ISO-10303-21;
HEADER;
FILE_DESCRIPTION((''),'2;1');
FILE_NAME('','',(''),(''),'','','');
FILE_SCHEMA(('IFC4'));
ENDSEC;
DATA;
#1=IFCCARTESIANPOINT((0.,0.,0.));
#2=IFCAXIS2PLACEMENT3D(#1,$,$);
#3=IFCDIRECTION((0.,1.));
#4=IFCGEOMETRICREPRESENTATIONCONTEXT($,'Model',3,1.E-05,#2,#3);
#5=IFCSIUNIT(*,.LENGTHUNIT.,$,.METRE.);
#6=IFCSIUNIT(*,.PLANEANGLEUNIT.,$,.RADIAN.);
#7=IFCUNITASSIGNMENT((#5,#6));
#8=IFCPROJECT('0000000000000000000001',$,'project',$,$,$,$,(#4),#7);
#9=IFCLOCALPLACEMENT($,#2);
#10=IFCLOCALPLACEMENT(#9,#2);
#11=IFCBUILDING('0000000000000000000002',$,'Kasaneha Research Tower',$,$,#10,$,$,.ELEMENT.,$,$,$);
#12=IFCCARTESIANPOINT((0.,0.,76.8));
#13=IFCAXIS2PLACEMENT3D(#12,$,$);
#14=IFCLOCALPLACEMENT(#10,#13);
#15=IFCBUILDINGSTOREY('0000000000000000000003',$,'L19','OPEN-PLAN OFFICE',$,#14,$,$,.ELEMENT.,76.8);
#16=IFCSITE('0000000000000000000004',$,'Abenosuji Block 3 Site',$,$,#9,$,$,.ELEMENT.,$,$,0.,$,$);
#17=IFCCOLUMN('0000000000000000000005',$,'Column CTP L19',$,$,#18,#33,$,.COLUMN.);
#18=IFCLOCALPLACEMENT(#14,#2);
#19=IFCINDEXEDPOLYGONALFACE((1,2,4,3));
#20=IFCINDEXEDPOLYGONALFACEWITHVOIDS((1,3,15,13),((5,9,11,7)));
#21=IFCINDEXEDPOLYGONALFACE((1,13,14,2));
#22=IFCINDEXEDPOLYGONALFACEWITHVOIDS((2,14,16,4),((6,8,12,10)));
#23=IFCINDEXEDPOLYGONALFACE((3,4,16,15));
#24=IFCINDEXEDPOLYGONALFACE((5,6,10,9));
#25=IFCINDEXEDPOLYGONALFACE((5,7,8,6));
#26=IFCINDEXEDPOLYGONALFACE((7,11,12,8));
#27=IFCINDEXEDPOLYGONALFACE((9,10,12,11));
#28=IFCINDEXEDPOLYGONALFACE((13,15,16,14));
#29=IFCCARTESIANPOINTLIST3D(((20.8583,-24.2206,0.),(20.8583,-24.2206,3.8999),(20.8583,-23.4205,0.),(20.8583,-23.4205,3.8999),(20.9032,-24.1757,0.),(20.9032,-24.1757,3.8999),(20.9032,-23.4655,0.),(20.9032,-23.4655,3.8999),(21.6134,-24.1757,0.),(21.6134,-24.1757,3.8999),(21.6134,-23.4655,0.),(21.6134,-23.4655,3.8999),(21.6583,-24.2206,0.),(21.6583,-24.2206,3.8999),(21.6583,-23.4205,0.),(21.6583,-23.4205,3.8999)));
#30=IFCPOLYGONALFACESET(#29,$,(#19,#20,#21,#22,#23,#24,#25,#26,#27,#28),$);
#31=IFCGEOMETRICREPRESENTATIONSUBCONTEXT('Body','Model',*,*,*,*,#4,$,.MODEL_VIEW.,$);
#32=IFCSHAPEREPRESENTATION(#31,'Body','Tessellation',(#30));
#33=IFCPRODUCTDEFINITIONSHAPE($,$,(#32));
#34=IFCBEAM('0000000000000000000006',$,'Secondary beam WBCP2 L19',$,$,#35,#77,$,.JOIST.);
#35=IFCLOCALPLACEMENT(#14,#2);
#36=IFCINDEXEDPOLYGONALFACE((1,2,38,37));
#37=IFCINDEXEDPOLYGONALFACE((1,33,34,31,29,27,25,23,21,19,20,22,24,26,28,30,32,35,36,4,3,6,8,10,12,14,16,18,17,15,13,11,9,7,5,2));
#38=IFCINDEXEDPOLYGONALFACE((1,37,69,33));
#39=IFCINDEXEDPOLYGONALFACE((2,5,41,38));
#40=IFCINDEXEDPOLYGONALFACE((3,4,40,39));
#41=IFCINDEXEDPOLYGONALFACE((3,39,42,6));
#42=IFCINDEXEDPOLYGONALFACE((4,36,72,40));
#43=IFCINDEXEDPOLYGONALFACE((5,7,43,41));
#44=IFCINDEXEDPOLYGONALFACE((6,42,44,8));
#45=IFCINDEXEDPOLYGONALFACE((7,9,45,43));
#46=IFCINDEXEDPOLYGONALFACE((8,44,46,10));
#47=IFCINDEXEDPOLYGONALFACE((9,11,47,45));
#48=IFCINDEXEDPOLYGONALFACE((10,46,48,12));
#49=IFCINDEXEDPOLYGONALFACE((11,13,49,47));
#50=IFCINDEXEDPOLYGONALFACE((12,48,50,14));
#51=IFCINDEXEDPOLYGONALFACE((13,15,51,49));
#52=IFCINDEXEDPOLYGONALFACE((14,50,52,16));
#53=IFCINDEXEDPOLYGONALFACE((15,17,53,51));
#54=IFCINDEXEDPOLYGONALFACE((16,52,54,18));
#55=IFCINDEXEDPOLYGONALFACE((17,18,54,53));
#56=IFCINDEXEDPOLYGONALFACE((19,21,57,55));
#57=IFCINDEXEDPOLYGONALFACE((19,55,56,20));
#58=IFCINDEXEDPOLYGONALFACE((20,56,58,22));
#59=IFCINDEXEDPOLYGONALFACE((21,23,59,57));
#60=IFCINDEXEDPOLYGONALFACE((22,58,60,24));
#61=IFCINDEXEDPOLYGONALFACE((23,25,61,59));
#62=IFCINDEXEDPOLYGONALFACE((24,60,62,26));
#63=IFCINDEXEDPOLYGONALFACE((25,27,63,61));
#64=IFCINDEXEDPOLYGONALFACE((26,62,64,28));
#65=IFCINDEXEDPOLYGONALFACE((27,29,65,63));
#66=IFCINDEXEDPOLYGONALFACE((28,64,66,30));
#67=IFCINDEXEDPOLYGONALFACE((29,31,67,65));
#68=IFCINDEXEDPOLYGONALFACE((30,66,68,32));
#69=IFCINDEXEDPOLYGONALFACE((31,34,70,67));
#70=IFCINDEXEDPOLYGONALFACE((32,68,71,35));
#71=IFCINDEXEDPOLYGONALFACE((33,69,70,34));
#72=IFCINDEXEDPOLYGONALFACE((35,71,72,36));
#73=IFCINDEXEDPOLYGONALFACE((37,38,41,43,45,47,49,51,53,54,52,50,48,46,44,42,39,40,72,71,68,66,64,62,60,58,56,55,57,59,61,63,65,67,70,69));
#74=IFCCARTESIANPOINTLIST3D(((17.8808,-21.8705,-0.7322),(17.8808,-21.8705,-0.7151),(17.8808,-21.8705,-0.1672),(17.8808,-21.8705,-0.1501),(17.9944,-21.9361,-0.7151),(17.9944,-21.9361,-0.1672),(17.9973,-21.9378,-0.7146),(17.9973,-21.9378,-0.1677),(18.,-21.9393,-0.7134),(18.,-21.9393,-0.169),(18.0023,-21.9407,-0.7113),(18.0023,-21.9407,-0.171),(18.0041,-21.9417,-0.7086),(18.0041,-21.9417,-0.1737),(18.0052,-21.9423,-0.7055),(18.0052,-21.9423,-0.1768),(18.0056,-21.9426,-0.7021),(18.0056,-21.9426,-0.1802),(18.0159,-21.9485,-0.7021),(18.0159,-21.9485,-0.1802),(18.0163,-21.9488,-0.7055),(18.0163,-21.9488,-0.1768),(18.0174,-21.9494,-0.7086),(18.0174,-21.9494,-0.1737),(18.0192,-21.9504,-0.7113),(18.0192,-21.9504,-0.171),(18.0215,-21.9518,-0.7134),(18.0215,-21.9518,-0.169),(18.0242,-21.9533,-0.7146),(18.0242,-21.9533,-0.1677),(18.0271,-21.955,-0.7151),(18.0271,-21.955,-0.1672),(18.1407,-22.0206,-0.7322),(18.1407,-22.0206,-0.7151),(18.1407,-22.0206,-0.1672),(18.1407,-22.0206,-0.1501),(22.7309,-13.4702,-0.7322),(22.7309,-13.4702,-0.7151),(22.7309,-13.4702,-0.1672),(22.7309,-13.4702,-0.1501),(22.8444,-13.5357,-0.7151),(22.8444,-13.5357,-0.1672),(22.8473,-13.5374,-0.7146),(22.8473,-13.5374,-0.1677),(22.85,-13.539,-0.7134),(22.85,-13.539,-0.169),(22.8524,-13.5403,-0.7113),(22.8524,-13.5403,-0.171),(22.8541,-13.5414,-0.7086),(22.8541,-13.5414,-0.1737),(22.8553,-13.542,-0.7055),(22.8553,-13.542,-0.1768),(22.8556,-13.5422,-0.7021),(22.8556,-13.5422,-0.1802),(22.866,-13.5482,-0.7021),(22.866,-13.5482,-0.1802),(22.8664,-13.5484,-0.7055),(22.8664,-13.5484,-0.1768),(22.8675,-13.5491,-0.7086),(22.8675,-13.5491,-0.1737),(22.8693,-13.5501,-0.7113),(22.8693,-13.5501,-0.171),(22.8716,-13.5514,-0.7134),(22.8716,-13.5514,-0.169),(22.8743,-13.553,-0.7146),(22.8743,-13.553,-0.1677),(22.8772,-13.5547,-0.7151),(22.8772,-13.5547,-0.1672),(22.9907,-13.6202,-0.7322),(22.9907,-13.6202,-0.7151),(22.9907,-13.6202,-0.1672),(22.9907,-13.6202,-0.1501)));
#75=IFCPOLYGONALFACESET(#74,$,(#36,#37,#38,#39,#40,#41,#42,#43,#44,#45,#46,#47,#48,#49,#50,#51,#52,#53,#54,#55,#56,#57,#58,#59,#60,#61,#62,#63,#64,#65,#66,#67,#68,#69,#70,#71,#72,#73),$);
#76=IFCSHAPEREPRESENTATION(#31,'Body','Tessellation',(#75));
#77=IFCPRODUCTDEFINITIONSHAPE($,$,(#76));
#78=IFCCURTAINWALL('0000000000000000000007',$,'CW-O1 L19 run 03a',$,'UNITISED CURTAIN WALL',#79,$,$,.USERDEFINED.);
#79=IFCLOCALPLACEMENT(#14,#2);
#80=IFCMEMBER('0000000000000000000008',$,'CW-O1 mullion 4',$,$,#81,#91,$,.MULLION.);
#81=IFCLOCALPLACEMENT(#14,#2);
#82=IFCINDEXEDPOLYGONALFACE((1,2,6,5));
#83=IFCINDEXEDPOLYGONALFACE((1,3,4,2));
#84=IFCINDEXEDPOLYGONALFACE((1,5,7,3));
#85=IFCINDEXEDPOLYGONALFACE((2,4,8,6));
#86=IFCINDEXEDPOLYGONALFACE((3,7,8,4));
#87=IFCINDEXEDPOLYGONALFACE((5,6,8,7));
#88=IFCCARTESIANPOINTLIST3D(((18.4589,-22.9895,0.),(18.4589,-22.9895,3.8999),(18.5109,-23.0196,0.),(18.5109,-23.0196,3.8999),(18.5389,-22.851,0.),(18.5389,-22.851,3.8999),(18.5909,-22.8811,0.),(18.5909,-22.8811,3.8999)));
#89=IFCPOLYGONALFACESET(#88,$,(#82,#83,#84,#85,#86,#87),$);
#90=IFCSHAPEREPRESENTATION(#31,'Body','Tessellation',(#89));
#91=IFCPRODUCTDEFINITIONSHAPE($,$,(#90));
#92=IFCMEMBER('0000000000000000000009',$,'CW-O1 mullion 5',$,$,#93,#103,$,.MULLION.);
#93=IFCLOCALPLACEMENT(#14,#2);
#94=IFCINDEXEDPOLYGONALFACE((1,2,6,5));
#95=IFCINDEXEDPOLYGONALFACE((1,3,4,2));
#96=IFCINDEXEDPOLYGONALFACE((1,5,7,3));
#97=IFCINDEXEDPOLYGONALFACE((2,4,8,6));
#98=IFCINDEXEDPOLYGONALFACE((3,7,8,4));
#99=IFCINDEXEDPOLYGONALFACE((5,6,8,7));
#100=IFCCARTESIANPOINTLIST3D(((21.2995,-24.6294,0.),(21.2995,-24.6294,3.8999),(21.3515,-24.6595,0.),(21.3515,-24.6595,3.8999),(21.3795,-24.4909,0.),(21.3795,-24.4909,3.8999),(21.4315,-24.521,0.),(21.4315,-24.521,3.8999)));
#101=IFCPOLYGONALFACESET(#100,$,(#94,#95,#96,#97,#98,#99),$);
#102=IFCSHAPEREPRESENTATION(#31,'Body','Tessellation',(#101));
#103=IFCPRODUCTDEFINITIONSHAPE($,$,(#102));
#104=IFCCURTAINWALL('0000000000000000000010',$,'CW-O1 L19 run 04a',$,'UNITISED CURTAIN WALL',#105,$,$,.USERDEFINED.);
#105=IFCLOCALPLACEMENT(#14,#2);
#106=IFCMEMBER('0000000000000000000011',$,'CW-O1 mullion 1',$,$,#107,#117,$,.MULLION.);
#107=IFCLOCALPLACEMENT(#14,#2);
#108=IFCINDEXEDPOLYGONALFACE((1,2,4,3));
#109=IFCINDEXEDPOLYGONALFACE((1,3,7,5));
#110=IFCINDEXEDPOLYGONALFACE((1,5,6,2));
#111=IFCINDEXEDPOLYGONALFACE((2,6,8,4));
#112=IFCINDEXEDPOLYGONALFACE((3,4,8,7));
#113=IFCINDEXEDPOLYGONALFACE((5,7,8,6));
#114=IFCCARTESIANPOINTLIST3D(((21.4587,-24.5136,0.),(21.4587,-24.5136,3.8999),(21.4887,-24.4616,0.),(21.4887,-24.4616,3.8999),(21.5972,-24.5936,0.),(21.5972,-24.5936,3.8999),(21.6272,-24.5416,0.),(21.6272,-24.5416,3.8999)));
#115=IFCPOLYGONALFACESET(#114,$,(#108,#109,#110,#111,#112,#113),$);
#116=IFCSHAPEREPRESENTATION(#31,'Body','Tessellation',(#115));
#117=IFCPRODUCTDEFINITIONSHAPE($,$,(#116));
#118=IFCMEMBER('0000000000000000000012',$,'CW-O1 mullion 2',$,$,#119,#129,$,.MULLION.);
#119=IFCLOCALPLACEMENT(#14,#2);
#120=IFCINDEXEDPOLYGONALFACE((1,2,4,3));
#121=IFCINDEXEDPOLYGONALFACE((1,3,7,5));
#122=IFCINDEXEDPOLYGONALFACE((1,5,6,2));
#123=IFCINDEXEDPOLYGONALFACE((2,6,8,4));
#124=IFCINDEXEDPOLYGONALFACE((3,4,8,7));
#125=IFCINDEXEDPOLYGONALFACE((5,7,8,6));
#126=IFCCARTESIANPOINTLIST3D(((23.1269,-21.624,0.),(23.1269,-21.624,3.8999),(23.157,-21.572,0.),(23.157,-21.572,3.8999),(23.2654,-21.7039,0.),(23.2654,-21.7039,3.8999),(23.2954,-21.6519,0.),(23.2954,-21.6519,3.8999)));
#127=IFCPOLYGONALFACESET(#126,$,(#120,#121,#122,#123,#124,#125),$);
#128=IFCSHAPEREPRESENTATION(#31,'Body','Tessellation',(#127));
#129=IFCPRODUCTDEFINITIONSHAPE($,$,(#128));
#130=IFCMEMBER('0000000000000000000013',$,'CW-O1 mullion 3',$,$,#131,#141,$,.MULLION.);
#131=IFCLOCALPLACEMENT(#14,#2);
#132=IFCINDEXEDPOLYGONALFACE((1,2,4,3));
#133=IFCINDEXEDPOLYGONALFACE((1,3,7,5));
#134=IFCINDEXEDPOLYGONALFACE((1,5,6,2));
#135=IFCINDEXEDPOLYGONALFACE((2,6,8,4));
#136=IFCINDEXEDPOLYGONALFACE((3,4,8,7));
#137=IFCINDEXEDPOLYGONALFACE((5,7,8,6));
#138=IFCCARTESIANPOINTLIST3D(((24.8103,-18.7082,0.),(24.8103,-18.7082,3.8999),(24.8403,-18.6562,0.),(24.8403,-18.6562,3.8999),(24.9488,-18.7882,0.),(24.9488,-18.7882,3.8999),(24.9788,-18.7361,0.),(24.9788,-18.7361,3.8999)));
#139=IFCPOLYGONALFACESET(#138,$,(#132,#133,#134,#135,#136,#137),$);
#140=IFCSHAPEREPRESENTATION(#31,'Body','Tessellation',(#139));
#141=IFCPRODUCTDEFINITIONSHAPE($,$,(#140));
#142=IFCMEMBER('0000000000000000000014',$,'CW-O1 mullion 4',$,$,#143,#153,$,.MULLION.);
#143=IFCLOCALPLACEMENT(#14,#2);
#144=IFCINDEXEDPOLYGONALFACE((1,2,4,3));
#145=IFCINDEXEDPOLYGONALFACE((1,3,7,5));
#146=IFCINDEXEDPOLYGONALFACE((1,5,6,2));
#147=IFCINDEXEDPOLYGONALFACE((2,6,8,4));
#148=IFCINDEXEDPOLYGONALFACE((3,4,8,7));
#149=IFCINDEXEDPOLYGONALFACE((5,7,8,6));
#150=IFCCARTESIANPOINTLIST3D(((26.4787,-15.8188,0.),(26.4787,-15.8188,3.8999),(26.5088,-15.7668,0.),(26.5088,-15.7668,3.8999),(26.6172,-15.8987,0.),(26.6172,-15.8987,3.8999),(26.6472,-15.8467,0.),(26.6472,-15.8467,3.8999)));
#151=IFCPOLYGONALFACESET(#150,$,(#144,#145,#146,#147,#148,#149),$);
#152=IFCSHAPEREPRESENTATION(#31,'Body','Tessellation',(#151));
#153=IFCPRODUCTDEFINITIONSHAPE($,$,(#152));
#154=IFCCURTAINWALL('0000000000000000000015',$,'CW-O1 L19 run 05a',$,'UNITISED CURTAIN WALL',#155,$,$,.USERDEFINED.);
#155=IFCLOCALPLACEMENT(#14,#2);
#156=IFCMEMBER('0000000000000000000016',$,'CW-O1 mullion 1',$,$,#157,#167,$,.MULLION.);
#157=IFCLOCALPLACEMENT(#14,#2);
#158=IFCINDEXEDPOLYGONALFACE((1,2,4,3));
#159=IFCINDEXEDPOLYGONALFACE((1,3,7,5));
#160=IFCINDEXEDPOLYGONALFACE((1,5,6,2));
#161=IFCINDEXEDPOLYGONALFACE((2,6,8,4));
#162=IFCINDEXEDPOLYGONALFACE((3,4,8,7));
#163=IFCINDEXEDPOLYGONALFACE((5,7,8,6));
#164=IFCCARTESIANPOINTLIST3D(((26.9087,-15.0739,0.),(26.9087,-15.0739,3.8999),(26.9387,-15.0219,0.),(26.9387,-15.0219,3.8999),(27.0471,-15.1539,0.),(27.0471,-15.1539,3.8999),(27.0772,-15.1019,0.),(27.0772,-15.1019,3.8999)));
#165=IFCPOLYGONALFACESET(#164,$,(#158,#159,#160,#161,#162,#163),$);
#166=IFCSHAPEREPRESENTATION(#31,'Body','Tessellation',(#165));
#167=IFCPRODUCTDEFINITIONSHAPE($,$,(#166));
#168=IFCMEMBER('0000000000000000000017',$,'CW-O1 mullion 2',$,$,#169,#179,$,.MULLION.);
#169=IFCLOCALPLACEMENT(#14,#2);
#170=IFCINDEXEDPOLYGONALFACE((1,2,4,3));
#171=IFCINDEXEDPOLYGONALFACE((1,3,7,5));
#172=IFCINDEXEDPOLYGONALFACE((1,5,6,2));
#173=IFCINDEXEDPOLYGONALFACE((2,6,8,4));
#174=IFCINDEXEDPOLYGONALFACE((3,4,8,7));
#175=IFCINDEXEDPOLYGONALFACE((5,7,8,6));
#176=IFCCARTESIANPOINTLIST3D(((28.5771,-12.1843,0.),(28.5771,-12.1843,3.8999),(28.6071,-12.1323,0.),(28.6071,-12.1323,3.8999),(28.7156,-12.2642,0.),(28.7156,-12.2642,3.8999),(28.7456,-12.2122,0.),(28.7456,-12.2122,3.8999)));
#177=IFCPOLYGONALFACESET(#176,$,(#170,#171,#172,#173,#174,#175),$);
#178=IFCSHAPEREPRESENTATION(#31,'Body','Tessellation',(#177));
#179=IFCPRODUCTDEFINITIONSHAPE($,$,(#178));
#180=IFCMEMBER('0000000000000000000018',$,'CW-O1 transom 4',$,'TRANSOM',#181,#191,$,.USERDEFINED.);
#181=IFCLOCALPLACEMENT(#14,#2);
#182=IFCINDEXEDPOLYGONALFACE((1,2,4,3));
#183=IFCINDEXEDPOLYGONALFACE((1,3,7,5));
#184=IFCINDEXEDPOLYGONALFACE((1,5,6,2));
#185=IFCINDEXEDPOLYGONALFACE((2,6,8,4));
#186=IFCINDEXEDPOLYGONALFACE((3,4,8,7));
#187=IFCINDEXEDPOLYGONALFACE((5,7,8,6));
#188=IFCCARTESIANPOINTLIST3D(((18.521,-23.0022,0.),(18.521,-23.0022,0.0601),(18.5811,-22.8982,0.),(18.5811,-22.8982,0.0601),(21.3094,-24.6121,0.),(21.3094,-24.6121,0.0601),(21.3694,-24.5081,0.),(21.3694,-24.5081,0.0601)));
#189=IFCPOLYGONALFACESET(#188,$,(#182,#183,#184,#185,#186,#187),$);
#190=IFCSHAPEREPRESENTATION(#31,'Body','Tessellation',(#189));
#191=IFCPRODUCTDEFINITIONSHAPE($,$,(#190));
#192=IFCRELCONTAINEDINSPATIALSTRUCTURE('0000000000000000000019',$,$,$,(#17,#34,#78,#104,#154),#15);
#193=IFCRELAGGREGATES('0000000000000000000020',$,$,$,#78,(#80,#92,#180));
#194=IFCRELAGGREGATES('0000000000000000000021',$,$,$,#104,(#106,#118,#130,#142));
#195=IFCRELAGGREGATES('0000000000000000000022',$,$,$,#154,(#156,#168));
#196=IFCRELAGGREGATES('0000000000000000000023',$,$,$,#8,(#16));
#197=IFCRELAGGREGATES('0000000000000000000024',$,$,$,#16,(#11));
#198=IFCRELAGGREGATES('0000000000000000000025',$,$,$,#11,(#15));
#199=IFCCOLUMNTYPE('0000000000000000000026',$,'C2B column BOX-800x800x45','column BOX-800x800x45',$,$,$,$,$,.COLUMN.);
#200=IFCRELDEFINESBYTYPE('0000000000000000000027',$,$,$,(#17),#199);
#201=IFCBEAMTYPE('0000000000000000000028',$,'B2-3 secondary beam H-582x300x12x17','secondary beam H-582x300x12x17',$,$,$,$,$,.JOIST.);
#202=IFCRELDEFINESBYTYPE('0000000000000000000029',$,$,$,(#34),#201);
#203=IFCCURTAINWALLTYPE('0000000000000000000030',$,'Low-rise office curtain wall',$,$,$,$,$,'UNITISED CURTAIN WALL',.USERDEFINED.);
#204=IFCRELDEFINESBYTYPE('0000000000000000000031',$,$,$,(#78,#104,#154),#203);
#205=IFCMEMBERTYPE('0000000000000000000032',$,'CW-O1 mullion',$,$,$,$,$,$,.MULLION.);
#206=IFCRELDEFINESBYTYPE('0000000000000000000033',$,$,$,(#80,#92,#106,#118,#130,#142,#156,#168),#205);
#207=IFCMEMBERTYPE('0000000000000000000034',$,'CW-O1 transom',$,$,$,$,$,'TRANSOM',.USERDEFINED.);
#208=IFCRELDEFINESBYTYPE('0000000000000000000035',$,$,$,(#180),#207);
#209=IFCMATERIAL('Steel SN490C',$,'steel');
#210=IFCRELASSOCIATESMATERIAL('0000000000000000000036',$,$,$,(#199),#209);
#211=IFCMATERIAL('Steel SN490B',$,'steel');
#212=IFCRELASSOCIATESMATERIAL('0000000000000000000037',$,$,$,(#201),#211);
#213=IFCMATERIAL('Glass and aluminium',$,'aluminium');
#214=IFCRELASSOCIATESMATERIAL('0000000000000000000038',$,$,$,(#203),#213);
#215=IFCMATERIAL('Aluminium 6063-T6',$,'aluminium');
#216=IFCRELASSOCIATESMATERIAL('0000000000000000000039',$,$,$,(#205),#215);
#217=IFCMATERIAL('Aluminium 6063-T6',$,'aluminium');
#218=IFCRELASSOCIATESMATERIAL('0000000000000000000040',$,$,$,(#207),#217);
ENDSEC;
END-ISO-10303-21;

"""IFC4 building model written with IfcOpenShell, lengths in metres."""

from ifc_helpers import new_model, si_unit, direction, frame, origin, origin_2d, place, context, subcontext, project, spatial, rectangle, hollow_rectangle, i_section, extrude, material, material_profile, profile_set, type_object, element, aggregate, save


model = new_model("IFC4")

# Units and contexts
model_context = context("Model", 3, precision=1e-05, world=origin(), true_north=direction((0.0, 1.0)))
body_context = subcontext(model_context, "Body", "Model", "MODEL_VIEW")
ifc_project = project(units=[si_unit("LENGTHUNIT", "METRE"), si_unit("PLANEANGLEUNIT", "RADIAN")], contexts=[model_context])

# Site, building, storey
site_placement = place(None, origin())
site = spatial("IfcSite", under=ifc_project, at=site_placement, Name="Abenosuji Block 3 Site", CompositionType="ELEMENT", RefElevation=0.0)
building_placement = place(site_placement, origin())
building = spatial("IfcBuilding", under=site, at=building_placement, Name="Kasaneha Research Tower", CompositionType="ELEMENT")
storey_placement = place(building_placement, frame((0.0, 0.0, 76.8)))
storey = spatial("IfcBuildingStorey", under=building, at=storey_placement, Name="L19", Description="OPEN-PLAN OFFICE", CompositionType="ELEMENT", Elevation=76.8)

# Column
ifc_material_1 = material(Name="Steel SN490C", Category="steel")
ifc_material_profile_1 = material_profile(ifc_material_1, hollow_rectangle(XDim=0.8, YDim=0.8, WallThickness=0.0449, at=origin_2d()), Name="BOX-800x800x45")
ifc_profile_set_1 = profile_set([ifc_material_profile_1], Name="Steel SN490C")
column_type = type_object("IfcColumnType", Name="C2B column BOX-800x800x45", Description="column BOX-800x800x45", PredefinedType="COLUMN", material=ifc_profile_set_1)
column_placement = place(storey_placement, frame((21.2583, -23.8206, 0.0), z_axis=(0.0, 0.0, 1.0), x_axis=(1.0, 0.0, 0.0)))
element("IfcColumn", 1, at=column_placement, inside=storey, type_object=column_type, Name="Column CTP L19", PredefinedType="COLUMN", context=body_context, shape_type="SweptSolid", body=[
    extrude(hollow_rectangle(XDim=0.8, YDim=0.8, WallThickness=0.0449, at=origin_2d()), origin(), (0.0, 0.0, 1.0), 3.8999),
])

# Beam
ifc_material_2 = material(Name="Steel SN490B", Category="steel")
ifc_material_profile_2 = material_profile(ifc_material_2, i_section(OverallWidth=0.3, OverallDepth=0.582, WebThickness=0.012, FlangeThickness=0.0171, FilletRadius=0.0129, at=origin_2d()), Name="H-582x300x12x17")
ifc_profile_set_2 = profile_set([ifc_material_profile_2], Name="Steel SN490B")
beam_type_1 = type_object("IfcBeamType", Name="B2-3 secondary beam H-582x300x12x17", Description="secondary beam H-582x300x12x17", PredefinedType="JOIST", material=ifc_profile_set_2)
beam_1_placement = place(storey_placement, frame((18.0107, -21.9456, -0.4412), z_axis=(0.50001, 0.86602, 0.0), x_axis=(-0.86602, 0.50001, 0.0)))
element("IfcBeam", 2, at=beam_1_placement, inside=storey, type_object=beam_type_1, Name="Secondary beam WBCP2 L19", PredefinedType="JOIST", context=body_context, shape_type="SweptSolid", body=[
    extrude(i_section(OverallWidth=0.3, OverallDepth=0.582, WebThickness=0.012, FlangeThickness=0.0171, FilletRadius=0.0129, at=origin_2d()), origin(), (0.0, 0.0, 1.0), 9.7),
])

# Curtain walls, members
ifc_material_3 = material(Name="Glass and aluminium", Category="aluminium")
curtain_wall_type = type_object("IfcCurtainWallType", Name="Low-rise office curtain wall", ElementType="UNITISED CURTAIN WALL", PredefinedType="USERDEFINED", material=ifc_material_3)
curtain_wall_1_placement = place(storey_placement, origin())
curtain_wall_1 = element("IfcCurtainWall", 3, at=curtain_wall_1_placement, inside=storey, type_object=curtain_wall_type, Name="CW-O1 L19 run 03a", ObjectType="UNITISED CURTAIN WALL", PredefinedType="USERDEFINED")
ifc_material_4 = material(Name="Aluminium 6063-T6", Category="aluminium")
ifc_material_profile_3 = material_profile(ifc_material_4, rectangle(XDim=0.0601, YDim=0.1599, at=origin_2d()), Name="CW-O1 mullion 60x160")
ifc_profile_set_3 = profile_set([ifc_material_profile_3], Name="Aluminium 6063-T6")
member_type_1 = type_object("IfcMemberType", Name="CW-O1 mullion", PredefinedType="MULLION", material=ifc_profile_set_3)
member_1_placement = place(storey_placement, frame((18.5249, -22.9353, 0.0), z_axis=(0.0, 0.0, 1.0), x_axis=(0.866025, -0.5, 0.0)))
member_1 = element("IfcMember", 4, at=member_1_placement, type_object=member_type_1, Name="CW-O1 mullion 4", PredefinedType="MULLION", context=body_context, shape_type="SweptSolid", body=[
    extrude(rectangle(XDim=0.0601, YDim=0.1599, at=origin_2d()), origin(), (0.0, 0.0, 1.0), 3.8999),
])
member_2_placement = place(storey_placement, frame((21.3655, -24.5752, 0.0), z_axis=(0.0, 0.0, 1.0), x_axis=(0.866025, -0.5, 0.0)))
member_2 = element("IfcMember", 5, at=member_2_placement, type_object=member_type_1, Name="CW-O1 mullion 5", PredefinedType="MULLION", context=body_context, shape_type="SweptSolid", body=[
    extrude(rectangle(XDim=0.0601, YDim=0.1599, at=origin_2d()), origin(), (0.0, 0.0, 1.0), 3.8999),
])
curtain_wall_2_placement = place(storey_placement, origin())
curtain_wall_2 = element("IfcCurtainWall", 6, at=curtain_wall_2_placement, inside=storey, type_object=curtain_wall_type, Name="CW-O1 L19 run 04a", ObjectType="UNITISED CURTAIN WALL", PredefinedType="USERDEFINED")
member_3_placement = place(storey_placement, frame((21.543, -24.5276, 0.0), z_axis=(0.0, 0.0, 1.0), x_axis=(0.5, 0.866025, 0.0)))
member_3 = element("IfcMember", 7, at=member_3_placement, type_object=member_type_1, Name="CW-O1 mullion 1", PredefinedType="MULLION", context=body_context, shape_type="SweptSolid", body=[
    extrude(rectangle(XDim=0.0601, YDim=0.1599, at=origin_2d()), origin(), (0.0, 0.0, 1.0), 3.8999),
])
member_4_placement = place(storey_placement, frame((23.2112, -21.6379, 0.0), z_axis=(0.0, 0.0, 1.0), x_axis=(0.5, 0.866025, 0.0)))
member_4 = element("IfcMember", 8, at=member_4_placement, type_object=member_type_1, Name="CW-O1 mullion 2", PredefinedType="MULLION", context=body_context, shape_type="SweptSolid", body=[
    extrude(rectangle(XDim=0.0601, YDim=0.1599, at=origin_2d()), origin(), (0.0, 0.0, 1.0), 3.8999),
])
member_5_placement = place(storey_placement, frame((24.8945, -18.7222, 0.0), z_axis=(0.0, 0.0, 1.0), x_axis=(0.5, 0.866025, 0.0)))
member_5 = element("IfcMember", 9, at=member_5_placement, type_object=member_type_1, Name="CW-O1 mullion 3", PredefinedType="MULLION", context=body_context, shape_type="SweptSolid", body=[
    extrude(rectangle(XDim=0.0601, YDim=0.1599, at=origin_2d()), origin(), (0.0, 0.0, 1.0), 3.8999),
])
member_6_placement = place(storey_placement, frame((26.563, -15.8328, 0.0), z_axis=(0.0, 0.0, 1.0), x_axis=(0.5, 0.866025, 0.0)))
member_6 = element("IfcMember", 10, at=member_6_placement, type_object=member_type_1, Name="CW-O1 mullion 4", PredefinedType="MULLION", context=body_context, shape_type="SweptSolid", body=[
    extrude(rectangle(XDim=0.0601, YDim=0.1599, at=origin_2d()), origin(), (0.0, 0.0, 1.0), 3.8999),
])
curtain_wall_3_placement = place(storey_placement, origin())
curtain_wall_3 = element("IfcCurtainWall", 11, at=curtain_wall_3_placement, inside=storey, type_object=curtain_wall_type, Name="CW-O1 L19 run 05a", ObjectType="UNITISED CURTAIN WALL", PredefinedType="USERDEFINED")
member_7_placement = place(storey_placement, frame((26.9929, -15.0879, 0.0), z_axis=(0.0, 0.0, 1.0), x_axis=(0.5, 0.866025, 0.0)))
member_7 = element("IfcMember", 12, at=member_7_placement, type_object=member_type_1, Name="CW-O1 mullion 1", PredefinedType="MULLION", context=body_context, shape_type="SweptSolid", body=[
    extrude(rectangle(XDim=0.0601, YDim=0.1599, at=origin_2d()), origin(), (0.0, 0.0, 1.0), 3.8999),
])
member_8_placement = place(storey_placement, frame((28.6614, -12.1982, 0.0), z_axis=(0.0, 0.0, 1.0), x_axis=(0.5, 0.866025, 0.0)))
member_8 = element("IfcMember", 13, at=member_8_placement, type_object=member_type_1, Name="CW-O1 mullion 2", PredefinedType="MULLION", context=body_context, shape_type="SweptSolid", body=[
    extrude(rectangle(XDim=0.0601, YDim=0.1599, at=origin_2d()), origin(), (0.0, 0.0, 1.0), 3.8999),
])

# Member
ifc_material_5 = material(Name="Aluminium 6063-T6", Category="aluminium")
ifc_material_profile_4 = material_profile(ifc_material_5, rectangle(XDim=0.1201, YDim=0.0601, at=origin_2d()), Name="CW-O1 transom 120x60")
ifc_profile_set_4 = profile_set([ifc_material_profile_4], Name="Aluminium 6063-T6")
member_type_2 = type_object("IfcMemberType", Name="CW-O1 transom", ElementType="TRANSOM", PredefinedType="USERDEFINED", material=ifc_profile_set_4)
member_9_placement = place(storey_placement, frame((18.551, -22.9502, 0.03), z_axis=(0.866023, -0.500005, 0.0), x_axis=(0.500005, 0.866023, 0.0)))
member_9 = element("IfcMember", 14, at=member_9_placement, type_object=member_type_2, Name="CW-O1 transom 4", ObjectType="TRANSOM", PredefinedType="USERDEFINED", context=body_context, shape_type="SweptSolid", body=[
    extrude(rectangle(XDim=0.1201, YDim=0.0601, at=origin_2d()), origin(), (0.0, 0.0, 1.0), 3.2197),
])

aggregate(curtain_wall_1, [member_1, member_2, member_9])
aggregate(curtain_wall_2, [member_3, member_4, member_5, member_6])
aggregate(curtain_wall_3, [member_7, member_8])

save(model, "model.ifc")
